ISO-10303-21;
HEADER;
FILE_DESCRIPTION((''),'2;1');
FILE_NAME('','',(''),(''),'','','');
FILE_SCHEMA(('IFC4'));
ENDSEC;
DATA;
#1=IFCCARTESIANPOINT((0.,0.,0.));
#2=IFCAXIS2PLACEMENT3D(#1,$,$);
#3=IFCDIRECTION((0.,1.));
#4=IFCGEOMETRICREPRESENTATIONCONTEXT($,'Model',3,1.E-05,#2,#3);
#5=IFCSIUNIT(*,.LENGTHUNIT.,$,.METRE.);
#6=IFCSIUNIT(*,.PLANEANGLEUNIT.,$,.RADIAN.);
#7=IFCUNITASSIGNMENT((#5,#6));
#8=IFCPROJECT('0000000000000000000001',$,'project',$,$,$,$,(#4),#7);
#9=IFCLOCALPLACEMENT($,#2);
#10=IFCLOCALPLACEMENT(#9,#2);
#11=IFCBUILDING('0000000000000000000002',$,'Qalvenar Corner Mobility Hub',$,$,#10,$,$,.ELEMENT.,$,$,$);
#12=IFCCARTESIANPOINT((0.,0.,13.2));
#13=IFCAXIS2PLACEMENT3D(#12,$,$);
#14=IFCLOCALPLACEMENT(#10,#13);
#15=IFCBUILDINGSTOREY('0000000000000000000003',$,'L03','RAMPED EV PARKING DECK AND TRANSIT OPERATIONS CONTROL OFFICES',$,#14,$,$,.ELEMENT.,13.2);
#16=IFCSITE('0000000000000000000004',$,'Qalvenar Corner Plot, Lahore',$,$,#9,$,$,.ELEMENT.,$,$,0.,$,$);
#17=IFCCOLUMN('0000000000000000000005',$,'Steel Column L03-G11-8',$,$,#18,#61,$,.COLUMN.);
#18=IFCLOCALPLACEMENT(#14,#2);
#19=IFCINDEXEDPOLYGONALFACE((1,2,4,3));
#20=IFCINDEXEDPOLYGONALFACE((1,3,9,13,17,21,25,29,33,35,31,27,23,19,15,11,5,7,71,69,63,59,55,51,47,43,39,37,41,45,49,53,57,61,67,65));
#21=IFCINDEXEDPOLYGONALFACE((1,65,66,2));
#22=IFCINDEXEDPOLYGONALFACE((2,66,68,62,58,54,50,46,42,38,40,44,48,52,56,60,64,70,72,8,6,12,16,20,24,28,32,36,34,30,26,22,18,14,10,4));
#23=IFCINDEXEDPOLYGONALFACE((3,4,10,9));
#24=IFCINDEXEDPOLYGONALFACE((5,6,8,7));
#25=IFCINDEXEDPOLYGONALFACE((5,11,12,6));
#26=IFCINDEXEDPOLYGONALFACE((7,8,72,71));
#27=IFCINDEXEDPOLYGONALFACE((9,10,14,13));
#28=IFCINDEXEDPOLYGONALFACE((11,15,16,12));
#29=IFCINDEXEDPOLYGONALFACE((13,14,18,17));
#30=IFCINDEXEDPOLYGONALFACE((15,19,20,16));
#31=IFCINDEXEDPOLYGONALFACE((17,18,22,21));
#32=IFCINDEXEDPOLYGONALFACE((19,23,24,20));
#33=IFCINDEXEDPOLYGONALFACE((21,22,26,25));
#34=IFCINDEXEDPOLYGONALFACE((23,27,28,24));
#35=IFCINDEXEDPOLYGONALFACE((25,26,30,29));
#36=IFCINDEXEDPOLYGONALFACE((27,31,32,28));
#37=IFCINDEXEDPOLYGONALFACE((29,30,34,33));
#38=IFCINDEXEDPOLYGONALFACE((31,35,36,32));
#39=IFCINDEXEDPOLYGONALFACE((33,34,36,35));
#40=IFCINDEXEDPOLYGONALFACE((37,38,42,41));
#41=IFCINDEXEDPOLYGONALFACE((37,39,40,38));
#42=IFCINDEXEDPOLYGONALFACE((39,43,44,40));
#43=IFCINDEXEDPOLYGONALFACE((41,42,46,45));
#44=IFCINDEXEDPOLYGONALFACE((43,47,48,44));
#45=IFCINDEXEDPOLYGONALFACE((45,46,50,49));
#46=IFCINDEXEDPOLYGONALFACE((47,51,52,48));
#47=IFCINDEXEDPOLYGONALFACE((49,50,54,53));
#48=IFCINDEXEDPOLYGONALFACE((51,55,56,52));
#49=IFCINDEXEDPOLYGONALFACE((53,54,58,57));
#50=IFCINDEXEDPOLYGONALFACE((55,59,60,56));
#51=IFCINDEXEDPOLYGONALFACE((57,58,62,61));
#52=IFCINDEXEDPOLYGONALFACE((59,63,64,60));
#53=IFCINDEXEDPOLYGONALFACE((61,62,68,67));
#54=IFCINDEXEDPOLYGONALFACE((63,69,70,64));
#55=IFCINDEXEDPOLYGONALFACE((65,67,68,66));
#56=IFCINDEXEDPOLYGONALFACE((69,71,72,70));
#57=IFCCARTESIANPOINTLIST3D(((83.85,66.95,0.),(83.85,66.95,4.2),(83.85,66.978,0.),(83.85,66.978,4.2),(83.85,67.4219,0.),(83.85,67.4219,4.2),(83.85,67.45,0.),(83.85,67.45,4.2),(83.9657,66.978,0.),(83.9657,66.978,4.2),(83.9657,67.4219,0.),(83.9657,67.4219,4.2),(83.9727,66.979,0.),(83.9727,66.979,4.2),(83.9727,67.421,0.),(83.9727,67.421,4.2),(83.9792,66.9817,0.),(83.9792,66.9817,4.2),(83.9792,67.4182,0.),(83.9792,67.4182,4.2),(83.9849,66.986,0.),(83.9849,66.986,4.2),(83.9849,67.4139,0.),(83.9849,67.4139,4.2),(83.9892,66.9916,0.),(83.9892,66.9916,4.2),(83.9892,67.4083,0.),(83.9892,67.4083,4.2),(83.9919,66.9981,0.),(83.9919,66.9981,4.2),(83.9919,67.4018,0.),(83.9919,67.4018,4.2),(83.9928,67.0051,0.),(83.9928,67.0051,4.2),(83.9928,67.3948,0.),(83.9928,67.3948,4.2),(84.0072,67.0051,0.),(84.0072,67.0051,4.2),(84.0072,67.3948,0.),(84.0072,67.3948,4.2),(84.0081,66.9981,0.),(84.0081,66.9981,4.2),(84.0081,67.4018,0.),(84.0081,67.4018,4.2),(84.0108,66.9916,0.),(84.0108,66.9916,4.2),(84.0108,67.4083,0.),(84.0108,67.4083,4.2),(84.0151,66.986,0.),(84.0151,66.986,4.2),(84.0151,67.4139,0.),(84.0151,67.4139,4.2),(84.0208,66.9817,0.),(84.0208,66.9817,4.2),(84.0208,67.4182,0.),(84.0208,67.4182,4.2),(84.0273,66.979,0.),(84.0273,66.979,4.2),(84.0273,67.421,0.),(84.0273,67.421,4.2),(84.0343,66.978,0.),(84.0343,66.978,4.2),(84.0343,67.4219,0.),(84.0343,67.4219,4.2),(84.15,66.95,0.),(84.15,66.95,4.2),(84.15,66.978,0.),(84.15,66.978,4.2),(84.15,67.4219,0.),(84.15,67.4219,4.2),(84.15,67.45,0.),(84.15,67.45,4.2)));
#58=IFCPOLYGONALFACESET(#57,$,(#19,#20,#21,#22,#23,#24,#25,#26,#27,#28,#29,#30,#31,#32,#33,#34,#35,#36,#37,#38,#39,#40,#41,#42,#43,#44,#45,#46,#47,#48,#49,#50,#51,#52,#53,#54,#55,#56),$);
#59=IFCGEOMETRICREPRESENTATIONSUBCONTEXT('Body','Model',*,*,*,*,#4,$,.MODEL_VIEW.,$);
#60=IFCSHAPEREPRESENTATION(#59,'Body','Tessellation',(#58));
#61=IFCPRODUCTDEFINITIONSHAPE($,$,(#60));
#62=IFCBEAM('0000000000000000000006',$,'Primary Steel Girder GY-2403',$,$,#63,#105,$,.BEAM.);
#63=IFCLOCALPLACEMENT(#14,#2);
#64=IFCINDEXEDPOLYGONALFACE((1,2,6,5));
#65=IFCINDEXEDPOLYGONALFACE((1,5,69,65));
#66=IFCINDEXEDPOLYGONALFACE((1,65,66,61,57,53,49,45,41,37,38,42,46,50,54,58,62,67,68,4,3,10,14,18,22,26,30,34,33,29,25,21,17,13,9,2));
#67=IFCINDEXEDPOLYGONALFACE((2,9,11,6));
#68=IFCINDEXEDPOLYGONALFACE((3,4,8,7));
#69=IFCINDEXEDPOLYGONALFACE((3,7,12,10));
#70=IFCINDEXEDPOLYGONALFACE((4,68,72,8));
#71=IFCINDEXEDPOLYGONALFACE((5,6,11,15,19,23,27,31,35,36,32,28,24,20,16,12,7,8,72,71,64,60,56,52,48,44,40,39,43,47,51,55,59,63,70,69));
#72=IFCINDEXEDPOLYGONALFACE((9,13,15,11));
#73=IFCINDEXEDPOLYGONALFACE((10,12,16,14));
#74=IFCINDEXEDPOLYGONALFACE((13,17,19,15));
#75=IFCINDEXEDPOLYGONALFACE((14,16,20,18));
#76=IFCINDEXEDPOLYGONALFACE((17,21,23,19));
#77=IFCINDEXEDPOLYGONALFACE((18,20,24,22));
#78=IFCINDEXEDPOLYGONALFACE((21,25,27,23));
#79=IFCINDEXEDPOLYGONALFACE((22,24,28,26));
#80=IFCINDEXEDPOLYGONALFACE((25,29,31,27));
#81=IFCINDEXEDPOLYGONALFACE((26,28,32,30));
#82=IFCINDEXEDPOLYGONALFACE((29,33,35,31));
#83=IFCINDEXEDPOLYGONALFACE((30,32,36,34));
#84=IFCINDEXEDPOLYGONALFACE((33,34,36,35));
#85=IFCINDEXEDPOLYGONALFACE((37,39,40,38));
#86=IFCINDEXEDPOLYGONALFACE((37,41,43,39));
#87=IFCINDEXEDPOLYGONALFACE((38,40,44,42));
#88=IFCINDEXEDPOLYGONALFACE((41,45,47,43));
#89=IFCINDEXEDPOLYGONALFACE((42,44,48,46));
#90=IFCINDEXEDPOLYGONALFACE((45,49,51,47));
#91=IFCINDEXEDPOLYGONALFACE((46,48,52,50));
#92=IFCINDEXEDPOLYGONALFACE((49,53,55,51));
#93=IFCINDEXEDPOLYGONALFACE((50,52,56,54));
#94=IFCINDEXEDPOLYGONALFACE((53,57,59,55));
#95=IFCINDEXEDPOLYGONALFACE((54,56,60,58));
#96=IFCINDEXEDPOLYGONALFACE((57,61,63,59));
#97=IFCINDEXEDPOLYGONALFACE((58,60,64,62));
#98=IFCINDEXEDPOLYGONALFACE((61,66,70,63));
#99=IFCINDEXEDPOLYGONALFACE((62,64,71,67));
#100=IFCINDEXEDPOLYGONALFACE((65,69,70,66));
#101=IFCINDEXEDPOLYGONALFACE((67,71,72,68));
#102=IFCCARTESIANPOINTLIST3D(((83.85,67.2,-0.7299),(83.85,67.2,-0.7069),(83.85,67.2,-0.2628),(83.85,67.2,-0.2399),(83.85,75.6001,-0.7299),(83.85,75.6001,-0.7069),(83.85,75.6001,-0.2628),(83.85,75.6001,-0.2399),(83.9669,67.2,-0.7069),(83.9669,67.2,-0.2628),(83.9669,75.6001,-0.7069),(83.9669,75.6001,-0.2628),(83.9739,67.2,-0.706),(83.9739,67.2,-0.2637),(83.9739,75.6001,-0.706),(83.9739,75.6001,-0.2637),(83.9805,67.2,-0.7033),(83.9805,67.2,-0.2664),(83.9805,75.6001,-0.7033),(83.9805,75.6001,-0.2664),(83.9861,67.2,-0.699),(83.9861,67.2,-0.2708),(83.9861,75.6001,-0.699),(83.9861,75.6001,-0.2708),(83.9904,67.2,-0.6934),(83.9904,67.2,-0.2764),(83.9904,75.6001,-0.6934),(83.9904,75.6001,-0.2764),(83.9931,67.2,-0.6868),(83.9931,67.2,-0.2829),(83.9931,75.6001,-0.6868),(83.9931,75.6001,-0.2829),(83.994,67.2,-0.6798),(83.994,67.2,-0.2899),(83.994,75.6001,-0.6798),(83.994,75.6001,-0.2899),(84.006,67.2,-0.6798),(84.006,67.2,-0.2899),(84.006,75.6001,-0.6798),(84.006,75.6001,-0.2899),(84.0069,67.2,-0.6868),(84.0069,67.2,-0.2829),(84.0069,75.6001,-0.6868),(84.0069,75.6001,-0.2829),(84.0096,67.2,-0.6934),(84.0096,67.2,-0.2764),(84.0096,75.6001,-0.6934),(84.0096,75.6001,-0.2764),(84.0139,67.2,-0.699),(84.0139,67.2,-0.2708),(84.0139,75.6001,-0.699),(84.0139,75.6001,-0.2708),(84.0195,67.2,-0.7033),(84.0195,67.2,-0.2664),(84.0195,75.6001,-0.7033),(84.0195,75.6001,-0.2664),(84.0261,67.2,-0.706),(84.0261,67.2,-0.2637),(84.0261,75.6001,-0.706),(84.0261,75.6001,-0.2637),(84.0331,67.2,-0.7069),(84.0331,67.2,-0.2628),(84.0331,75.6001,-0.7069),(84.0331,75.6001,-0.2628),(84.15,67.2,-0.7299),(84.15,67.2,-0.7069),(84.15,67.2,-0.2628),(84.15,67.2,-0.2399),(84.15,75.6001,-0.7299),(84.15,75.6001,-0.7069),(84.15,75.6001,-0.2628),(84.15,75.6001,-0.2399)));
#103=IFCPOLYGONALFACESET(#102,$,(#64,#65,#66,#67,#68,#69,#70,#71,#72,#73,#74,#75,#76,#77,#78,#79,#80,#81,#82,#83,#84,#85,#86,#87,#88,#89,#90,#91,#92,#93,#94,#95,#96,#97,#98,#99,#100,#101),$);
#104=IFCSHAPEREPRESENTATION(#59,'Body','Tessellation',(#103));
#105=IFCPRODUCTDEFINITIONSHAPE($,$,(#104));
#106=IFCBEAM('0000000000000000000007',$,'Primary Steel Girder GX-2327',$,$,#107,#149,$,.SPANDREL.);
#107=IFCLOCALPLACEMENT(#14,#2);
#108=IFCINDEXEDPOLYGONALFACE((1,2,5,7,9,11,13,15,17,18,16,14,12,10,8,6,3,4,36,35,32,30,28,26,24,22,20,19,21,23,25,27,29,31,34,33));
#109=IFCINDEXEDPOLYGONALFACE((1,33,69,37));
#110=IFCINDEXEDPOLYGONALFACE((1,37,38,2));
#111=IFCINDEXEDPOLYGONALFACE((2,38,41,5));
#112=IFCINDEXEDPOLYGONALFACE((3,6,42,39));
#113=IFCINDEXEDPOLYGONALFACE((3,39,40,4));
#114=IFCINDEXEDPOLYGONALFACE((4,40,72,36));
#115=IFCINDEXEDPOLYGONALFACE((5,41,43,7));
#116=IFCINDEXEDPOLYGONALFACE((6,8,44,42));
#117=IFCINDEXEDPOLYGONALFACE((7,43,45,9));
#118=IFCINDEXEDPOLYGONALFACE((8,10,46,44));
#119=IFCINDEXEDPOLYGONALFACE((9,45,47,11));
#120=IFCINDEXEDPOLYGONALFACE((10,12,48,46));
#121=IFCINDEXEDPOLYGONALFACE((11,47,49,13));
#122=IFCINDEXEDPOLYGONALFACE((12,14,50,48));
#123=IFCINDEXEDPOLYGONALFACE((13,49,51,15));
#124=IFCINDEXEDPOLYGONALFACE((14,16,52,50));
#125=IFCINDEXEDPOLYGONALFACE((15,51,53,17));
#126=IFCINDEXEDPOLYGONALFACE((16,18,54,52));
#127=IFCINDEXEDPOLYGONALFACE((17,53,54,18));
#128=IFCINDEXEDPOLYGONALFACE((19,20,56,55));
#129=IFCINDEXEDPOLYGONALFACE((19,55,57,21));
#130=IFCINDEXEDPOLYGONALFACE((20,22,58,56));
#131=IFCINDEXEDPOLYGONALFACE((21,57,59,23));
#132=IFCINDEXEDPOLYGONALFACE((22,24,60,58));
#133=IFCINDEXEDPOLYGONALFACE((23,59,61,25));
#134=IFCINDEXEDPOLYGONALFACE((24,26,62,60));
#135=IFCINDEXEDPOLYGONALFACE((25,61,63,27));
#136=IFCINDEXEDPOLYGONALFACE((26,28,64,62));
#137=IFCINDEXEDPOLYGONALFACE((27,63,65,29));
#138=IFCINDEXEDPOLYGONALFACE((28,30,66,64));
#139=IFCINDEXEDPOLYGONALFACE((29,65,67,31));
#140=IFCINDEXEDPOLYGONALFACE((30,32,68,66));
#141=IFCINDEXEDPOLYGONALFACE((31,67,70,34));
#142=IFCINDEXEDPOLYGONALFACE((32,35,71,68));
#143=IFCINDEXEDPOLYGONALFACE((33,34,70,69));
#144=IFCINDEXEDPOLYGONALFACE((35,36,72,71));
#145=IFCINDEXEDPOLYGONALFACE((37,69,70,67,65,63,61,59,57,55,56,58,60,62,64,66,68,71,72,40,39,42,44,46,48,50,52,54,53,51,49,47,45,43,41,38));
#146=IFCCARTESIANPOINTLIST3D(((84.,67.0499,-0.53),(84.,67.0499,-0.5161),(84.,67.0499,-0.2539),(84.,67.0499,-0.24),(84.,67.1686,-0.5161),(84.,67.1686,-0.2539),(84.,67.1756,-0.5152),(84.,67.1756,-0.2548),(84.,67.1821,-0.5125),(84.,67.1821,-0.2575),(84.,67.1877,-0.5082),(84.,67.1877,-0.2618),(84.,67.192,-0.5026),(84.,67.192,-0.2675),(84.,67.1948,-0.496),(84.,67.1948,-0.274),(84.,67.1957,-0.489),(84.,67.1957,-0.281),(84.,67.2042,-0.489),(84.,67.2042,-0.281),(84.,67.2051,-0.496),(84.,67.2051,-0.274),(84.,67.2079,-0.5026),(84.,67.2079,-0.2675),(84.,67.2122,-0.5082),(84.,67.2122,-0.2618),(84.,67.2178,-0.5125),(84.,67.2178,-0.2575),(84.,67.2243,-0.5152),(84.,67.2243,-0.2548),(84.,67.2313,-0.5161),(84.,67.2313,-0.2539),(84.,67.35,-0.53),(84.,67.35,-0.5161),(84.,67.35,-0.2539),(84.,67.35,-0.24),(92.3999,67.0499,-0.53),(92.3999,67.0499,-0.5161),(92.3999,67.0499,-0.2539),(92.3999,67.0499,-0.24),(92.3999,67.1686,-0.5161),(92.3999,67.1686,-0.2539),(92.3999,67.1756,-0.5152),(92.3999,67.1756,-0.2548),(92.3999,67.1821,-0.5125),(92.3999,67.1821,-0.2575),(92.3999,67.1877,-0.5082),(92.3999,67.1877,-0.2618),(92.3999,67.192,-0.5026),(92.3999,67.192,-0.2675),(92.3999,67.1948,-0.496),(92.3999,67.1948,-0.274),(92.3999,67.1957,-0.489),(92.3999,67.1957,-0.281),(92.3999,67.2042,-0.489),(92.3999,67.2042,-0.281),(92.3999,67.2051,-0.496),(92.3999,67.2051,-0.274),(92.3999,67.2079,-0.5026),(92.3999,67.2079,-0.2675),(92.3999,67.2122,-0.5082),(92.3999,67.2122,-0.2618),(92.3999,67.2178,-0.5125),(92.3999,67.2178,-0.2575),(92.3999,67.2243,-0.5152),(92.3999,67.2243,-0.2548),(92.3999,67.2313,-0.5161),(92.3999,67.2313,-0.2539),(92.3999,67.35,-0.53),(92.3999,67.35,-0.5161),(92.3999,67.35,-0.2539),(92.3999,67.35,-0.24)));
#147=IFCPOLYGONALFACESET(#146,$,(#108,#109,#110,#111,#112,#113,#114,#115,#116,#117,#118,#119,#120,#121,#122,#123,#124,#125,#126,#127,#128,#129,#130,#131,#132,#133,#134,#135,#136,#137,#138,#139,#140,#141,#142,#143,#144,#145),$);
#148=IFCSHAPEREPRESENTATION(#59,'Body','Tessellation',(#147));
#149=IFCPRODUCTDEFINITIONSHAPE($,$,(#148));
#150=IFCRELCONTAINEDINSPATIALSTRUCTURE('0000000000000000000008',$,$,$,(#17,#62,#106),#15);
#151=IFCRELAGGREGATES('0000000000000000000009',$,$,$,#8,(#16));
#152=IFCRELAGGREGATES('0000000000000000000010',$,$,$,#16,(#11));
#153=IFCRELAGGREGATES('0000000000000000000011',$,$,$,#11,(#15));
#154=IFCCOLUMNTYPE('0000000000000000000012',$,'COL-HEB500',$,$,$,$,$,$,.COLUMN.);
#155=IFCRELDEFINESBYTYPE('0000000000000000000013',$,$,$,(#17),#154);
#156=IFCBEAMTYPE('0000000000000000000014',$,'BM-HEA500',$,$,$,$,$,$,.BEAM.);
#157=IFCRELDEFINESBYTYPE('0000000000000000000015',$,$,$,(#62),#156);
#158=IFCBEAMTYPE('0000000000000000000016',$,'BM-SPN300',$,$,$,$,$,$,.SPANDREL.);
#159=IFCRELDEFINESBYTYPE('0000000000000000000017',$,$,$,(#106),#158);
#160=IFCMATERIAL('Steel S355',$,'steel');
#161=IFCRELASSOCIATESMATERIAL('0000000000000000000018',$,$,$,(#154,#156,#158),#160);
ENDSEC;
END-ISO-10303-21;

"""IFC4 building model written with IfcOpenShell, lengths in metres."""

from ifc_helpers import new_model, si_unit, direction, frame, origin, origin_2d, place, context, subcontext, project, spatial, i_section, extrude, material, material_profile, profile_set, type_object, element, save


model = new_model("IFC4")

# Units and contexts
model_context = context("Model", 3, precision=1e-05, world=origin(), true_north=direction((0.0, 1.0)))
body_context = subcontext(model_context, "Body", "Model", "MODEL_VIEW")
ifc_project = project(units=[si_unit("LENGTHUNIT", "METRE"), si_unit("PLANEANGLEUNIT", "RADIAN")], contexts=[model_context])

# Site, building, storey
site_placement = place(None, origin())
site = spatial("IfcSite", under=ifc_project, at=site_placement, Name="Qalvenar Corner Plot, Lahore", CompositionType="ELEMENT", RefElevation=0.0)
building_placement = place(site_placement, origin())
building = spatial("IfcBuilding", under=site, at=building_placement, Name="Qalvenar Corner Mobility Hub", CompositionType="ELEMENT")
storey_placement = place(building_placement, frame((0.0, 0.0, 13.2)))
storey = spatial("IfcBuildingStorey", under=building, at=storey_placement, Name="L03", Description="RAMPED EV PARKING DECK AND TRANSIT OPERATIONS CONTROL OFFICES", CompositionType="ELEMENT", Elevation=13.2)

# Column
ifc_material_1 = material(Name="Steel S355", Category="steel")
ifc_material_profile_1 = material_profile(ifc_material_1, i_section(OverallWidth=0.3, OverallDepth=0.5, WebThickness=0.0144, FlangeThickness=0.0281, FilletRadius=0.0271, at=origin_2d()), Name="HEB500")
ifc_profile_set_1 = profile_set([ifc_material_profile_1], Name="Steel S355")
column_type = type_object("IfcColumnType", Name="COL-HEB500", PredefinedType="COLUMN", material=ifc_profile_set_1)
column_placement = place(storey_placement, frame((84.0, 67.2, 0.0), z_axis=(0.0, 0.0, 1.0), x_axis=(1.0, 0.0, 0.0)))
element("IfcColumn", 1, at=column_placement, inside=storey, type_object=column_type, Name="Steel Column L03-G11-8", PredefinedType="COLUMN", context=body_context, shape_type="SweptSolid", body=[
    extrude(i_section(OverallWidth=0.3, OverallDepth=0.5, WebThickness=0.0144, FlangeThickness=0.0281, FilletRadius=0.0271, at=origin_2d()), origin(), (0.0, 0.0, 1.0), 4.2),
])

# Beams
ifc_material_profile_2 = material_profile(ifc_material_1, i_section(OverallWidth=0.3, OverallDepth=0.49, WebThickness=0.012, FlangeThickness=0.0229, FilletRadius=0.0271, at=origin_2d()), Name="HEA500")
ifc_profile_set_2 = profile_set([ifc_material_profile_2], Name="Steel S355")
beam_type_1 = type_object("IfcBeamType", Name="BM-HEA500", PredefinedType="BEAM", material=ifc_profile_set_2)
beam_1_placement = place(storey_placement, frame((84.0, 67.2, -0.4849), z_axis=(0.0, 1.0, 0.0), x_axis=(-1.0, 0.0, 0.0)))
element("IfcBeam", 2, at=beam_1_placement, inside=storey, type_object=beam_type_1, Name="Primary Steel Girder GY-2403", PredefinedType="BEAM", context=body_context, shape_type="SweptSolid", body=[
    extrude(i_section(OverallWidth=0.3, OverallDepth=0.49, WebThickness=0.012, FlangeThickness=0.0229, FilletRadius=0.0271, at=origin_2d()), origin(), (0.0, 0.0, 1.0), 8.4001),
])
ifc_material_profile_3 = material_profile(ifc_material_1, i_section(OverallWidth=0.3, OverallDepth=0.29, WebThickness=0.0085, FlangeThickness=0.0139, FilletRadius=0.0271, at=origin_2d()), Name="HEA300")
ifc_profile_set_3 = profile_set([ifc_material_profile_3], Name="Steel S355")
beam_type_2 = type_object("IfcBeamType", Name="BM-SPN300", PredefinedType="SPANDREL", material=ifc_profile_set_3)
beam_2_placement = place(storey_placement, frame((84.0, 67.2, -0.385), z_axis=(1.0, 0.0, 0.0), x_axis=(0.0, 1.0, 0.0)))
element("IfcBeam", 3, at=beam_2_placement, inside=storey, type_object=beam_type_2, Name="Primary Steel Girder GX-2327", PredefinedType="SPANDREL", context=body_context, shape_type="SweptSolid", body=[
    extrude(i_section(OverallWidth=0.3, OverallDepth=0.29, WebThickness=0.0085, FlangeThickness=0.0139, FilletRadius=0.0271, at=origin_2d()), origin(), (0.0, 0.0, 1.0), 8.3999),
])

save(model, "model.ifc")
